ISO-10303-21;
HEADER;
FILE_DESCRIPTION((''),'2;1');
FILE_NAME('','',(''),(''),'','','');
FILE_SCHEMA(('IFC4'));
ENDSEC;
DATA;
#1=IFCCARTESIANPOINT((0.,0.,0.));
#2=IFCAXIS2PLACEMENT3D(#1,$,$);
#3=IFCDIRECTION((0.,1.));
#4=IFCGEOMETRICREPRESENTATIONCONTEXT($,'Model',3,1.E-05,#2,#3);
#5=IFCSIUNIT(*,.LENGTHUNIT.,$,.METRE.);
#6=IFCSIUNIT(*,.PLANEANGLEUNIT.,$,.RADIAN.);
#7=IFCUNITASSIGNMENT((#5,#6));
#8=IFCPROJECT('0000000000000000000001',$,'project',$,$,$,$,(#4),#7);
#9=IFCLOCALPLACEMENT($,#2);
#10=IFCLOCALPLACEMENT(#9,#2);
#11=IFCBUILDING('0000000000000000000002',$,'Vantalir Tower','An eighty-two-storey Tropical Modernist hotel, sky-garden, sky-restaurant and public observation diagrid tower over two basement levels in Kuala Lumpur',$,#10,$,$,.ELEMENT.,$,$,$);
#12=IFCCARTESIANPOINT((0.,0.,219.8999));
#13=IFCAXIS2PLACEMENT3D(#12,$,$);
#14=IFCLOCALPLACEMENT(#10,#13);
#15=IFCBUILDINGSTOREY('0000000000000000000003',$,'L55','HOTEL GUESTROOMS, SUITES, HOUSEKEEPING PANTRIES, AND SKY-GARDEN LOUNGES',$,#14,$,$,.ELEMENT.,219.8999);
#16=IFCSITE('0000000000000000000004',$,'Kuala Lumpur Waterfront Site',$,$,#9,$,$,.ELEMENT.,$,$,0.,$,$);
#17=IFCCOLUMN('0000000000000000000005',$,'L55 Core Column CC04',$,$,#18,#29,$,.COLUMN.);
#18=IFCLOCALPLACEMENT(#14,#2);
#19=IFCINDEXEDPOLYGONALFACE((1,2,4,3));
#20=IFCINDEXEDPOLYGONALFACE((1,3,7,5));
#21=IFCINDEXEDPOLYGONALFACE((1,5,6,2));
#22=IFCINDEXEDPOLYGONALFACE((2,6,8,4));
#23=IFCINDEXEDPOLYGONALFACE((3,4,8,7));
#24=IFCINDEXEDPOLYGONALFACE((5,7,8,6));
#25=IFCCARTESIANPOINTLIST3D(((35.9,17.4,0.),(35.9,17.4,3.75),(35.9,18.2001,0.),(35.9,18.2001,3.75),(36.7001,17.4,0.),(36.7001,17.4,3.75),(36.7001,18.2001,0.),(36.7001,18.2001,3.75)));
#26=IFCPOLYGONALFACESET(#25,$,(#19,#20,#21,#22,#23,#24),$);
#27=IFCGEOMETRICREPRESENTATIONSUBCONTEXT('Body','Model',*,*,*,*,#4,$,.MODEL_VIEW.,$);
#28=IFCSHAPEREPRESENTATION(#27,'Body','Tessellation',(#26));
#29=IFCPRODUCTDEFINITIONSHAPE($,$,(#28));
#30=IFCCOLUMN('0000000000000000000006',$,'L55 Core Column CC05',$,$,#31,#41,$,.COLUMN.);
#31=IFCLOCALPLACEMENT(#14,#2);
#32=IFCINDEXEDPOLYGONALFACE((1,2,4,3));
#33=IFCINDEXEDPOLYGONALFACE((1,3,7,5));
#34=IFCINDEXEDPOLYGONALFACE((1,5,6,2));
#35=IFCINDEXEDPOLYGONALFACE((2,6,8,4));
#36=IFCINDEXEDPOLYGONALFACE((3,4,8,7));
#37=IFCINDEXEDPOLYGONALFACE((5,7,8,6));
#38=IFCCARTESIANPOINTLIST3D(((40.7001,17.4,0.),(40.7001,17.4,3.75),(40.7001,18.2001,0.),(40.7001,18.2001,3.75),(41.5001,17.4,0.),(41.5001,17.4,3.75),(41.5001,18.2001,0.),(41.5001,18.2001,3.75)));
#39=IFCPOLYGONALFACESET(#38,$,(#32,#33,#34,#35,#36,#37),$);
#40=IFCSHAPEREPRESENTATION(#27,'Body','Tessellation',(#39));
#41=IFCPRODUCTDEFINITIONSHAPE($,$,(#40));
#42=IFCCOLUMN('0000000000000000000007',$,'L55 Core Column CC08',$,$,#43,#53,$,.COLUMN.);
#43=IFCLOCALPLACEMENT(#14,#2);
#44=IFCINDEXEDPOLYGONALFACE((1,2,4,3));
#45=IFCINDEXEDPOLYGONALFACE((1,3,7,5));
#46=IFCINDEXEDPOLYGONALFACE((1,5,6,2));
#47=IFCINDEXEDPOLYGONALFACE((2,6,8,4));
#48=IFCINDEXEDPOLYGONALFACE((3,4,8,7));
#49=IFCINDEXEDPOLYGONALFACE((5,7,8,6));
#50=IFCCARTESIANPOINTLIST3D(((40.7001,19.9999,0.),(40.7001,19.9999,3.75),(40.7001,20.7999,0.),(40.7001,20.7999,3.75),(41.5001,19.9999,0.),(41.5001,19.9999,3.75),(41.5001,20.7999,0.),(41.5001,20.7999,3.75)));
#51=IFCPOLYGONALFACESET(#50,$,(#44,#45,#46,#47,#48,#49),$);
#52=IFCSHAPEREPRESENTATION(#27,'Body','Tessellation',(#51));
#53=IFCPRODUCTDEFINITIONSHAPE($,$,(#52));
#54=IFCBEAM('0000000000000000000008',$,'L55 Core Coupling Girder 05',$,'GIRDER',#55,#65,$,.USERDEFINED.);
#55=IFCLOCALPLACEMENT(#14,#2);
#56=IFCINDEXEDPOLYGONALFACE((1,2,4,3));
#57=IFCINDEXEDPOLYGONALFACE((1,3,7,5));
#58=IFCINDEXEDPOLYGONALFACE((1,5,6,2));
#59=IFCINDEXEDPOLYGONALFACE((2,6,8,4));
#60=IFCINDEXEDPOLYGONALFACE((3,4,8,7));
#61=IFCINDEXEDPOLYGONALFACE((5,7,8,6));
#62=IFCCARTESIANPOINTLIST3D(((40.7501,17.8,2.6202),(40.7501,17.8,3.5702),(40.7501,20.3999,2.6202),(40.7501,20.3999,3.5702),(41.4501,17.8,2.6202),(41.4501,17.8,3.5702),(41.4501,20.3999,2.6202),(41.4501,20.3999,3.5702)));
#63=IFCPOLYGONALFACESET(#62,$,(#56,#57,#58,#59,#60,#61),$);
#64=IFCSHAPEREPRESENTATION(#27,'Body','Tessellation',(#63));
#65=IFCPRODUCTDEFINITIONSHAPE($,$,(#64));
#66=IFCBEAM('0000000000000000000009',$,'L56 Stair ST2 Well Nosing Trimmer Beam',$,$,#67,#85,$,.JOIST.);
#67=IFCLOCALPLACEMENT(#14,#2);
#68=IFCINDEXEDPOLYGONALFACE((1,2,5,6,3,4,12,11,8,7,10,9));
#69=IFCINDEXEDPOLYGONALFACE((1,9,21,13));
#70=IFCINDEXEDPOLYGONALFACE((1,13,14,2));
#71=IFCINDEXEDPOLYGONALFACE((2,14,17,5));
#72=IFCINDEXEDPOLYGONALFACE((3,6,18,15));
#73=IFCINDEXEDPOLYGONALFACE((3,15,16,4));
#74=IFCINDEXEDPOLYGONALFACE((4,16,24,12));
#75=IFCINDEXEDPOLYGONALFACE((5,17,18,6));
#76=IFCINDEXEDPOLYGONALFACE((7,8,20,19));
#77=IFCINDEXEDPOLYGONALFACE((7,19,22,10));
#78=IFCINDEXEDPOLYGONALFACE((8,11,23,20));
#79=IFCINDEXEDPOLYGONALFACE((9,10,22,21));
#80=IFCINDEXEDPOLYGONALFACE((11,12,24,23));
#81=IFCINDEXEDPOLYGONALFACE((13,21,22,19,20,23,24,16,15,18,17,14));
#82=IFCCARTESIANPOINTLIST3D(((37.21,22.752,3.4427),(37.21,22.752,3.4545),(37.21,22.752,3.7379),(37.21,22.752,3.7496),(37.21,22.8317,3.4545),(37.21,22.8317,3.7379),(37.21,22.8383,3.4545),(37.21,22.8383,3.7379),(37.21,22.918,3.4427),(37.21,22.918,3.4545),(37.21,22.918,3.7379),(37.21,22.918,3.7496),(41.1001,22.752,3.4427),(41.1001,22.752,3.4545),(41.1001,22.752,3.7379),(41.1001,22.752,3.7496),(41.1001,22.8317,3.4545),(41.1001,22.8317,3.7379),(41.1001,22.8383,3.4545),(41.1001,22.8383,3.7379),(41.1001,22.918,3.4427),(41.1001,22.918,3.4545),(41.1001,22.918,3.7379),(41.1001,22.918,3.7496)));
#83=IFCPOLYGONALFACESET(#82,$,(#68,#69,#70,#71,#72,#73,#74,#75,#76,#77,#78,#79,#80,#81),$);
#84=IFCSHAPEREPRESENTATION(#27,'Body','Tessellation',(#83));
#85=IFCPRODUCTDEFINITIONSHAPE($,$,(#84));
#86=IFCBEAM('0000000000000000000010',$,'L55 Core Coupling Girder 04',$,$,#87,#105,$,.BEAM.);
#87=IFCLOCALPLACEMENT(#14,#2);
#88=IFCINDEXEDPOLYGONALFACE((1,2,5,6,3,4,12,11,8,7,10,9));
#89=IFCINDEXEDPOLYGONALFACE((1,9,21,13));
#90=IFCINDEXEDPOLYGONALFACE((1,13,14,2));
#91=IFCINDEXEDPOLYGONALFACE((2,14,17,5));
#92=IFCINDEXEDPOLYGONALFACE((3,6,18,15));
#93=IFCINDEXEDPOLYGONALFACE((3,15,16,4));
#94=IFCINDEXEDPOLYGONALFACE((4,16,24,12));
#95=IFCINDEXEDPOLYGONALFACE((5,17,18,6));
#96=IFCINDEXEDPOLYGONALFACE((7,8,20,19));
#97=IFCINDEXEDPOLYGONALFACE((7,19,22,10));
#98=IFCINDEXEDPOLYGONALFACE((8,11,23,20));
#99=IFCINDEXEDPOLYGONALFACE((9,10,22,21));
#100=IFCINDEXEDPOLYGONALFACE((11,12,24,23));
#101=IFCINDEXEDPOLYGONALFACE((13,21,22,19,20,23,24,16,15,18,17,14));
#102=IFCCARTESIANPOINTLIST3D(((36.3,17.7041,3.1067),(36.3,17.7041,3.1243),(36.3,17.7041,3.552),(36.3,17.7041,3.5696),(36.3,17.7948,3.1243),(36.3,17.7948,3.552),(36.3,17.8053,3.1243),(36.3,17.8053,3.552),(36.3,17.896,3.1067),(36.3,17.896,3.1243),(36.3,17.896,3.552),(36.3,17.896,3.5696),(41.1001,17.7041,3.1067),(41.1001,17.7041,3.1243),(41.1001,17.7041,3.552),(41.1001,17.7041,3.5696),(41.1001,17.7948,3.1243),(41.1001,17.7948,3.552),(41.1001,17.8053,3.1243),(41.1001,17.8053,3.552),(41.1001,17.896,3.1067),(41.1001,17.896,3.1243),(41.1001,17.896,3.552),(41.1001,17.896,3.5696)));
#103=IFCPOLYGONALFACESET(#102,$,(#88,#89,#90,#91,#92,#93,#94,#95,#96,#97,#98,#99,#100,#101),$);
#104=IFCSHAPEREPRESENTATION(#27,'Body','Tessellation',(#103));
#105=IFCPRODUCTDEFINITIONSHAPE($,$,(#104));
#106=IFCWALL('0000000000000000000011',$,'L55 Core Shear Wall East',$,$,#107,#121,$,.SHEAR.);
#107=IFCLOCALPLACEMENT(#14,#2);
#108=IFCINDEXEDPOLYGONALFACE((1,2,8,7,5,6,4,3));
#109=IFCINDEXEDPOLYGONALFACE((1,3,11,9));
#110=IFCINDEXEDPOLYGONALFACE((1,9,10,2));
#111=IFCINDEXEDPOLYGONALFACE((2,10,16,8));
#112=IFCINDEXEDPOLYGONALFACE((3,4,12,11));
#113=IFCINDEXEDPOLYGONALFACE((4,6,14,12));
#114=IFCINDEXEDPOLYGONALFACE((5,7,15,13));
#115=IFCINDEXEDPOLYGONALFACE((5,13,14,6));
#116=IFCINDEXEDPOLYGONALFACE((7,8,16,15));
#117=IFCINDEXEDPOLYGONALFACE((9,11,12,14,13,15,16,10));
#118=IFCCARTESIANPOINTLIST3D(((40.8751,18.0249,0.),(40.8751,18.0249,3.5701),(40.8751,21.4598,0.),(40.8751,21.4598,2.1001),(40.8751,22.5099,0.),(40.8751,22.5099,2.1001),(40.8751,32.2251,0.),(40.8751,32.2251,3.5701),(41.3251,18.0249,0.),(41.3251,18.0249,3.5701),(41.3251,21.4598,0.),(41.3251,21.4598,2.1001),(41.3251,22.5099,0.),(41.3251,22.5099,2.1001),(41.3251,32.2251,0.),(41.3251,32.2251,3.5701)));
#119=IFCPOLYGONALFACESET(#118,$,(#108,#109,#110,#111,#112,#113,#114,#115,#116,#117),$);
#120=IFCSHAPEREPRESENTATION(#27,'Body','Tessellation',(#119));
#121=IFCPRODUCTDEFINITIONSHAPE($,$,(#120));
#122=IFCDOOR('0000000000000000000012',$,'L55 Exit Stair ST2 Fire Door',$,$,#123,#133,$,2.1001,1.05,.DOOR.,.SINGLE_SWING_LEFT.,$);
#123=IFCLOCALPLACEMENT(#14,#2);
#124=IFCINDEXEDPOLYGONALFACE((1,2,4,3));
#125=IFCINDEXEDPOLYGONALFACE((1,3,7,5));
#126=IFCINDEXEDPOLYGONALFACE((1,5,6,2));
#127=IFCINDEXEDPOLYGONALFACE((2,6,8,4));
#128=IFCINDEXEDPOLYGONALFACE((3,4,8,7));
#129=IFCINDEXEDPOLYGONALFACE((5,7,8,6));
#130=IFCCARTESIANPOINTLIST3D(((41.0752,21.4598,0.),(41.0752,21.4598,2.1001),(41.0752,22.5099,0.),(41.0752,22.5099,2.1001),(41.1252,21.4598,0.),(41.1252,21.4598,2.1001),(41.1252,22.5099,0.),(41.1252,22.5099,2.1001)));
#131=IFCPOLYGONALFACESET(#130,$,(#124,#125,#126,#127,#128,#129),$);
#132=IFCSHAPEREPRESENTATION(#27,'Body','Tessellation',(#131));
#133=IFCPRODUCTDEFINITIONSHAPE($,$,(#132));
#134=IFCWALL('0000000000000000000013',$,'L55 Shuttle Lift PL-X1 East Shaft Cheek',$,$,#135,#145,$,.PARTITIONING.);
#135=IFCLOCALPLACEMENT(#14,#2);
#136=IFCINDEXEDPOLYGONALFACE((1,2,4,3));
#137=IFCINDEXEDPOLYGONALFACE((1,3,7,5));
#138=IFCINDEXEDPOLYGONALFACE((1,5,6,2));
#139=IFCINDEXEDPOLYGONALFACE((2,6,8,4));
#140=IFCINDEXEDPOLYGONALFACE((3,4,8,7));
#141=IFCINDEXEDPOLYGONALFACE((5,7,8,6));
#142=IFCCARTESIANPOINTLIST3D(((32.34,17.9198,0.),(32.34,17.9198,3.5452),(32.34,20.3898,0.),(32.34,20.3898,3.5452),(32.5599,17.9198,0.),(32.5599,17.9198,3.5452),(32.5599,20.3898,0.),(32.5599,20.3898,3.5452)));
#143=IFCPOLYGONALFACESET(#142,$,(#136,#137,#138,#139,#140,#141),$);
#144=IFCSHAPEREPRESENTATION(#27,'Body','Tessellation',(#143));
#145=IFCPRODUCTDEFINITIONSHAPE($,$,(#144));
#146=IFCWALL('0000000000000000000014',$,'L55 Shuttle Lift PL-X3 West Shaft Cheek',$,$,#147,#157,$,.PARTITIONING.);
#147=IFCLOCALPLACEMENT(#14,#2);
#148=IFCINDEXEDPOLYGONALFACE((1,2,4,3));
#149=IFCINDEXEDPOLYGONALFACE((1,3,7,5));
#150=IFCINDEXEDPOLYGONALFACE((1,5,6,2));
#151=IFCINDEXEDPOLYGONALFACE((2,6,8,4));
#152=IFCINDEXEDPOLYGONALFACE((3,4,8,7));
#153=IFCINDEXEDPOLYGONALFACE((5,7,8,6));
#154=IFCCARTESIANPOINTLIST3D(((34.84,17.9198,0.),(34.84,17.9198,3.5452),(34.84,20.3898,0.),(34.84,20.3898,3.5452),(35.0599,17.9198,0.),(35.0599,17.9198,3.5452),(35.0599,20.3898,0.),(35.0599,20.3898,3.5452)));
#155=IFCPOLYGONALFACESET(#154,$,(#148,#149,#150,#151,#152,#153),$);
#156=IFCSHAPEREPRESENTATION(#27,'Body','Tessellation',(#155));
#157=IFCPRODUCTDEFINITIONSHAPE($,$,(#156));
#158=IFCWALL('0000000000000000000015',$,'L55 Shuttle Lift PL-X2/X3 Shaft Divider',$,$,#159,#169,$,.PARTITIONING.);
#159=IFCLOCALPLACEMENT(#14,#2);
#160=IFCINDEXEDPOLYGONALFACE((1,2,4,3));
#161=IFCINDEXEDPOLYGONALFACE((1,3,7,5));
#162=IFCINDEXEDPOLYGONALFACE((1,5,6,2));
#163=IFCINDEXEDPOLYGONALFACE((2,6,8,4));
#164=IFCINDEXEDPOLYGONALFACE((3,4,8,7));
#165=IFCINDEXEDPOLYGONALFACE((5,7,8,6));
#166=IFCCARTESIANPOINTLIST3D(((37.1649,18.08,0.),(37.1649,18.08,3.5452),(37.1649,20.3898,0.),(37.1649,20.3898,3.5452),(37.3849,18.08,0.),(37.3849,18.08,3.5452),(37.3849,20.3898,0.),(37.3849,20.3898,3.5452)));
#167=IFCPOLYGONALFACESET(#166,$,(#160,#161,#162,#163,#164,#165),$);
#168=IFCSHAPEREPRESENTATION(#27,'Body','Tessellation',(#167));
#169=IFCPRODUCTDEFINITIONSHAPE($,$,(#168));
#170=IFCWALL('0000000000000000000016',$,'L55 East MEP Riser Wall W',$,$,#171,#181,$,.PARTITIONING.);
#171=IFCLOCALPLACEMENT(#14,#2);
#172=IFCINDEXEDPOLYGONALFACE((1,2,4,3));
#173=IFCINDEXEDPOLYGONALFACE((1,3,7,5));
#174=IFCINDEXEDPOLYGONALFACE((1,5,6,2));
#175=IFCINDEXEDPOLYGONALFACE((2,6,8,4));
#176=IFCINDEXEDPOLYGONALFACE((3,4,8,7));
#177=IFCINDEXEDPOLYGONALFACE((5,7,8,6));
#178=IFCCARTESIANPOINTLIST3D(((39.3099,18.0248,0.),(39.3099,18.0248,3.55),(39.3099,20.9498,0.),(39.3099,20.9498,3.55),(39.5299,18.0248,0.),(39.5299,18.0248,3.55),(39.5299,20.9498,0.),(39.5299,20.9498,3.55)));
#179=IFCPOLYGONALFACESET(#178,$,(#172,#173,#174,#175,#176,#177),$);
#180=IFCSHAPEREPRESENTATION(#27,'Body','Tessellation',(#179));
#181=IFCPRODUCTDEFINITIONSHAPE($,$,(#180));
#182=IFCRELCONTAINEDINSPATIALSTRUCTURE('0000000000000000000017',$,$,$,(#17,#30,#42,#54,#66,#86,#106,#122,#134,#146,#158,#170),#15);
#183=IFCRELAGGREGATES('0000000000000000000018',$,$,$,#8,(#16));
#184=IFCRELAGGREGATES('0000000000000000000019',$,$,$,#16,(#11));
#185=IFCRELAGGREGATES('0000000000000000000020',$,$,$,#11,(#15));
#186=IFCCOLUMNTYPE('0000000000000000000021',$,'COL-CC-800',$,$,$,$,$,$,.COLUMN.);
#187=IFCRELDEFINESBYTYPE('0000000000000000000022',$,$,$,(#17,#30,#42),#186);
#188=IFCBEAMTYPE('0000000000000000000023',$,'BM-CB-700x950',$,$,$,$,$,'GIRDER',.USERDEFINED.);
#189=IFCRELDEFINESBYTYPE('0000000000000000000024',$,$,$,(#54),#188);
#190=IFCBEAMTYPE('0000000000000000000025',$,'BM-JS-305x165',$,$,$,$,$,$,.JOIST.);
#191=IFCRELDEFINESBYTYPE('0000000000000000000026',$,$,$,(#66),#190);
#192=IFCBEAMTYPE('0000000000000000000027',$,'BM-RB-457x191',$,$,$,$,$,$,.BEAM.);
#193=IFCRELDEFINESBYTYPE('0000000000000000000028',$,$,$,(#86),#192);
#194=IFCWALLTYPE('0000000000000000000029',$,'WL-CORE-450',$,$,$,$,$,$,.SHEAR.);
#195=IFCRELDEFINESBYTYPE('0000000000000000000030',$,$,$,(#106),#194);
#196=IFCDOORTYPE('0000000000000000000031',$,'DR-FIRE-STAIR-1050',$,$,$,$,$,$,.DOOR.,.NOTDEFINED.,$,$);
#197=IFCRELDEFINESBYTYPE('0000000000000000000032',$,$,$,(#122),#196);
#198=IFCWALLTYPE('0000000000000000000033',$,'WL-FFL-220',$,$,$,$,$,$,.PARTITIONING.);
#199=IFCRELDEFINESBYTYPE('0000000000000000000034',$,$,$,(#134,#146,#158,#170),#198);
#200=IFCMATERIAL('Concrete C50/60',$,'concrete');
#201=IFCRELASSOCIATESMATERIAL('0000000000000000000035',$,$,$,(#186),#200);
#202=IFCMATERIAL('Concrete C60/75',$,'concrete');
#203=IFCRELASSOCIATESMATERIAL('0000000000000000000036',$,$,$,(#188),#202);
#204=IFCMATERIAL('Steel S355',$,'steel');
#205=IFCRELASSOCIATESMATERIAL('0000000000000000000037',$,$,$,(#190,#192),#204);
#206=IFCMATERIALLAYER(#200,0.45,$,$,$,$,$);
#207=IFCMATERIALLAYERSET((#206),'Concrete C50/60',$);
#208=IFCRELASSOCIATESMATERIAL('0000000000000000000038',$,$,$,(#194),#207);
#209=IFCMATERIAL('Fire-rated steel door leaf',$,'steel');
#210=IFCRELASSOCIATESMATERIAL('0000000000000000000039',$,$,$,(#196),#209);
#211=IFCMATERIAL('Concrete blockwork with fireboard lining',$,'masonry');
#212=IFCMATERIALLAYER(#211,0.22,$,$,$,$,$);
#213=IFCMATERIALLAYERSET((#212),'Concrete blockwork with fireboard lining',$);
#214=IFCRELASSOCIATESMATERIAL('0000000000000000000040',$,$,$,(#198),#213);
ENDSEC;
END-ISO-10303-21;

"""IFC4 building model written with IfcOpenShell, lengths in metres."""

from ifc_helpers import new_model, si_unit, direction, frame, frame_2d, origin, origin_2d, place, context, subcontext, project, spatial, rectangle, i_section, extrude, material, layer, layer_set, material_profile, profile_set, type_object, element, fill, save


model = new_model("IFC4")

# Units and contexts
model_context = context("Model", 3, precision=1e-05, world=origin(), true_north=direction((0.0, 1.0)))
body_context = subcontext(model_context, "Body", "Model", "MODEL_VIEW")
ifc_project = project(units=[si_unit("LENGTHUNIT", "METRE"), si_unit("PLANEANGLEUNIT", "RADIAN")], contexts=[model_context])

# Site, building, storey
site_placement = place(None, origin())
site = spatial("IfcSite", under=ifc_project, at=site_placement, Name="Kuala Lumpur Waterfront Site", CompositionType="ELEMENT", RefElevation=0.0)
building_placement = place(site_placement, origin())
building = spatial("IfcBuilding", under=site, at=building_placement, Name="Vantalir Tower", Description="An eighty-two-storey Tropical Modernist hotel, sky-garden, sky-restaurant and public observation diagrid tower over two basement levels in Kuala Lumpur", CompositionType="ELEMENT")
storey_placement = place(building_placement, frame((0.0, 0.0, 219.8999)))
storey = spatial("IfcBuildingStorey", under=building, at=storey_placement, Name="L55", Description="HOTEL GUESTROOMS, SUITES, HOUSEKEEPING PANTRIES, AND SKY-GARDEN LOUNGES", CompositionType="ELEMENT", Elevation=219.8999)

# Columns
ifc_material_1 = material(Name="Concrete C50/60", Category="concrete")
ifc_material_profile_1 = material_profile(ifc_material_1, rectangle(XDim=0.8, YDim=0.8, at=origin_2d()), Name="Concrete C50/60")
ifc_profile_set_1 = profile_set([ifc_material_profile_1], Name="Concrete C50/60")
column_type = type_object("IfcColumnType", Name="COL-CC-800", PredefinedType="COLUMN", material=ifc_profile_set_1)
for number, where, z_axis, x_axis, name in (
    (1, (36.3, 17.8, 0.0), (0.0, 0.0, 1.0), (1.0, 0.0, 0.0), "L55 Core Column CC04"),
    (2, (41.1001, 17.8, 0.0), (0.0, 0.0, 1.0), (1.0, 0.0, 0.0), "L55 Core Column CC05"),
    (3, (41.1001, 20.3999, 0.0), (0.0, 0.0, 1.0), (1.0, 0.0, 0.0), "L55 Core Column CC08"),
):
    element("IfcColumn", number, at=place(storey_placement, frame(where, z_axis=z_axis, x_axis=x_axis)), inside=storey, type_object=column_type, Name=name, PredefinedType="COLUMN", context=body_context, shape_type="SweptSolid", body=[
        extrude(rectangle(XDim=0.8, YDim=0.8, at=origin_2d()), origin(), (0.0, 0.0, 1.0), 3.75),
    ])

# Beams
ifc_material_2 = material(Name="Concrete C60/75", Category="concrete")
ifc_material_profile_2 = material_profile(ifc_material_2, rectangle(XDim=0.7, YDim=0.95, at=origin_2d()), Name="Concrete C60/75")
ifc_profile_set_2 = profile_set([ifc_material_profile_2], Name="Concrete C60/75")
beam_type_1 = type_object("IfcBeamType", Name="BM-CB-700x950", ElementType="GIRDER", PredefinedType="USERDEFINED", material=ifc_profile_set_2)
beam_1_placement = place(storey_placement, frame((41.1001, 17.8, 3.0952), z_axis=(0.0, 1.0, 0.0), x_axis=(-1.0, 0.0, 0.0)))
element("IfcBeam", 4, at=beam_1_placement, inside=storey, type_object=beam_type_1, Name="L55 Core Coupling Girder 05", ObjectType="GIRDER", PredefinedType="USERDEFINED", context=body_context, shape_type="SweptSolid", body=[
    extrude(rectangle(XDim=0.7, YDim=0.95, at=origin_2d()), origin(), (0.0, 0.0, 1.0), 2.5999),
])
ifc_material_3 = material(Name="Steel S355", Category="steel")
ifc_material_profile_3 = material_profile(ifc_material_3, i_section(OverallWidth=0.166, OverallDepth=0.3069, WebThickness=0.0066, FlangeThickness=0.0117, at=origin_2d()), Name="Steel S355")
ifc_profile_set_3 = profile_set([ifc_material_profile_3], Name="Steel S355")
beam_type_2 = type_object("IfcBeamType", Name="BM-JS-305x165", PredefinedType="JOIST", material=ifc_profile_set_3)
beam_2_placement = place(storey_placement, frame((37.21, 22.835, 3.5962), z_axis=(1.0, 0.0, 0.0), x_axis=(0.0, 1.0, 0.0)))
element("IfcBeam", 5, at=beam_2_placement, inside=storey, type_object=beam_type_2, Name="L56 Stair ST2 Well Nosing Trimmer Beam", PredefinedType="JOIST", context=body_context, shape_type="SweptSolid", body=[
    extrude(i_section(OverallWidth=0.166, OverallDepth=0.3069, WebThickness=0.0066, FlangeThickness=0.0117, at=origin_2d()), origin(), (0.0, 0.0, 1.0), 3.8901),
])
ifc_material_profile_4 = material_profile(ifc_material_3, i_section(OverallWidth=0.1919, OverallDepth=0.4629, WebThickness=0.0105, FlangeThickness=0.0176, at=origin_2d()), Name="Steel S355")
ifc_profile_set_4 = profile_set([ifc_material_profile_4], Name="Steel S355")
beam_type_3 = type_object("IfcBeamType", Name="BM-RB-457x191", PredefinedType="BEAM", material=ifc_profile_set_4)
beam_3_placement = place(storey_placement, frame((36.3, 17.8, 3.3381), z_axis=(1.0, 0.0, 0.0), x_axis=(0.0, 1.0, 0.0)))
element("IfcBeam", 6, at=beam_3_placement, inside=storey, type_object=beam_type_3, Name="L55 Core Coupling Girder 04", PredefinedType="BEAM", context=body_context, shape_type="SweptSolid", body=[
    extrude(i_section(OverallWidth=0.1919, OverallDepth=0.4629, WebThickness=0.0105, FlangeThickness=0.0176, at=origin_2d()), origin(), (0.0, 0.0, 1.0), 4.8),
])

# Wall, opening, door
ifc_layer_1 = layer(ifc_material_1, 0.45)
ifc_layer_set_1 = layer_set([ifc_layer_1], Name="Concrete C50/60")
wall_type_1 = type_object("IfcWallType", Name="WL-CORE-450", PredefinedType="SHEAR", material=ifc_layer_set_1)
wall_1_placement = place(storey_placement, frame((41.1001, 18.0249, 0.0), z_axis=(0.0, 0.0, 1.0), x_axis=(0.0, 1.0, 0.0)))
wall_1 = element("IfcWall", 7, at=wall_1_placement, inside=storey, type_object=wall_type_1, Name="L55 Core Shear Wall East", PredefinedType="SHEAR", context=body_context, shape_type="SweptSolid", body=[
    extrude(rectangle(XDim=14.2002, YDim=0.45, at=frame_2d((7.1001, 0.0))), origin(), (0.0, 0.0, 1.0), 3.5701),
])
opening_1_placement = place(wall_1_placement, frame((3.4351, 0.0, 0.0)))
opening_1 = element("IfcOpeningElement", 8, at=opening_1_placement, cuts=wall_1, PredefinedType="OPENING", context=body_context, shape_type="SweptSolid", body=[
    extrude(rectangle(XDim=1.05, YDim=2.1001, at=frame_2d((0.5249, 1.05))), frame((0.0, 0.2349, 0.0), z_axis=(0.0, -1.0, 0.0), x_axis=(1.0, 0.0, 0.0)), (0.0, 0.0, 1.0), 0.47),
])
ifc_material_4 = material(Name="Fire-rated steel door leaf", Category="steel")
door_type_1 = type_object("IfcDoorType", Name="DR-FIRE-STAIR-1050", OperationType="NOTDEFINED", PredefinedType="DOOR", material=ifc_material_4)
door_1_placement = place(opening_1_placement, origin())
door_1 = element("IfcDoor", 9, at=door_1_placement, inside=storey, type_object=door_type_1, Name="L55 Exit Stair ST2 Fire Door", OperationType="SINGLE_SWING_LEFT", OverallHeight=2.1001, OverallWidth=1.05, PredefinedType="DOOR", context=body_context, shape_type="SweptSolid", body=[
    extrude(rectangle(XDim=1.05, YDim=2.1001, at=frame_2d((0.5249, 1.05))), frame((0.0, 0.0249, 0.0), z_axis=(0.0, -1.0, 0.0), x_axis=(1.0, 0.0, 0.0)), (0.0, 0.0, 1.0), 0.05),
])
fill(opening_1, door_1)

# Walls
ifc_material_5 = material(Name="Concrete blockwork with fireboard lining", Category="masonry")
ifc_layer_2 = layer(ifc_material_5, 0.22)
ifc_layer_set_2 = layer_set([ifc_layer_2], Name="Concrete blockwork with fireboard lining")
wall_type_2 = type_object("IfcWallType", Name="WL-FFL-220", PredefinedType="PARTITIONING", material=ifc_layer_set_2)
for number, where, z_axis, x_axis, name in (
    (10, (32.45, 17.9199, 0.0), (0.0, 0.0, 1.0), (0.0, 1.0, 0.0), "L55 Shuttle Lift PL-X1 East Shaft Cheek"),
    (11, (34.95, 17.9199, 0.0), (0.0, 0.0, 1.0), (0.0, 1.0, 0.0), "L55 Shuttle Lift PL-X3 West Shaft Cheek"),
):
    element("IfcWall", number, at=place(storey_placement, frame(where, z_axis=z_axis, x_axis=x_axis)), inside=storey, type_object=wall_type_2, Name=name, PredefinedType="PARTITIONING", context=body_context, shape_type="SweptSolid", body=[
        extrude(rectangle(XDim=2.47, YDim=0.22, at=frame_2d((1.2349, 0.0))), origin(), (0.0, 0.0, 1.0), 3.5452),
    ])
wall_2_placement = place(storey_placement, frame((37.2749, 18.0801, 0.0), z_axis=(0.0, 0.0, 1.0), x_axis=(0.0, 1.0, 0.0)))
element("IfcWall", 12, at=wall_2_placement, inside=storey, type_object=wall_type_2, Name="L55 Shuttle Lift PL-X2/X3 Shaft Divider", PredefinedType="PARTITIONING", context=body_context, shape_type="SweptSolid", body=[
    extrude(rectangle(XDim=2.3098, YDim=0.22, at=frame_2d((1.1548, 0.0))), origin(), (0.0, 0.0, 1.0), 3.5452),
])
wall_3_placement = place(storey_placement, frame((39.4199, 18.0249, 0.0), z_axis=(0.0, 0.0, 1.0), x_axis=(0.0, 1.0, 0.0)))
element("IfcWall", 13, at=wall_3_placement, inside=storey, type_object=wall_type_2, Name="L55 East MEP Riser Wall W", PredefinedType="PARTITIONING", context=body_context, shape_type="SweptSolid", body=[
    extrude(rectangle(XDim=2.925, YDim=0.22, at=frame_2d((1.4624, 0.0))), origin(), (0.0, 0.0, 1.0), 3.55),
])

save(model, "model.ifc")
